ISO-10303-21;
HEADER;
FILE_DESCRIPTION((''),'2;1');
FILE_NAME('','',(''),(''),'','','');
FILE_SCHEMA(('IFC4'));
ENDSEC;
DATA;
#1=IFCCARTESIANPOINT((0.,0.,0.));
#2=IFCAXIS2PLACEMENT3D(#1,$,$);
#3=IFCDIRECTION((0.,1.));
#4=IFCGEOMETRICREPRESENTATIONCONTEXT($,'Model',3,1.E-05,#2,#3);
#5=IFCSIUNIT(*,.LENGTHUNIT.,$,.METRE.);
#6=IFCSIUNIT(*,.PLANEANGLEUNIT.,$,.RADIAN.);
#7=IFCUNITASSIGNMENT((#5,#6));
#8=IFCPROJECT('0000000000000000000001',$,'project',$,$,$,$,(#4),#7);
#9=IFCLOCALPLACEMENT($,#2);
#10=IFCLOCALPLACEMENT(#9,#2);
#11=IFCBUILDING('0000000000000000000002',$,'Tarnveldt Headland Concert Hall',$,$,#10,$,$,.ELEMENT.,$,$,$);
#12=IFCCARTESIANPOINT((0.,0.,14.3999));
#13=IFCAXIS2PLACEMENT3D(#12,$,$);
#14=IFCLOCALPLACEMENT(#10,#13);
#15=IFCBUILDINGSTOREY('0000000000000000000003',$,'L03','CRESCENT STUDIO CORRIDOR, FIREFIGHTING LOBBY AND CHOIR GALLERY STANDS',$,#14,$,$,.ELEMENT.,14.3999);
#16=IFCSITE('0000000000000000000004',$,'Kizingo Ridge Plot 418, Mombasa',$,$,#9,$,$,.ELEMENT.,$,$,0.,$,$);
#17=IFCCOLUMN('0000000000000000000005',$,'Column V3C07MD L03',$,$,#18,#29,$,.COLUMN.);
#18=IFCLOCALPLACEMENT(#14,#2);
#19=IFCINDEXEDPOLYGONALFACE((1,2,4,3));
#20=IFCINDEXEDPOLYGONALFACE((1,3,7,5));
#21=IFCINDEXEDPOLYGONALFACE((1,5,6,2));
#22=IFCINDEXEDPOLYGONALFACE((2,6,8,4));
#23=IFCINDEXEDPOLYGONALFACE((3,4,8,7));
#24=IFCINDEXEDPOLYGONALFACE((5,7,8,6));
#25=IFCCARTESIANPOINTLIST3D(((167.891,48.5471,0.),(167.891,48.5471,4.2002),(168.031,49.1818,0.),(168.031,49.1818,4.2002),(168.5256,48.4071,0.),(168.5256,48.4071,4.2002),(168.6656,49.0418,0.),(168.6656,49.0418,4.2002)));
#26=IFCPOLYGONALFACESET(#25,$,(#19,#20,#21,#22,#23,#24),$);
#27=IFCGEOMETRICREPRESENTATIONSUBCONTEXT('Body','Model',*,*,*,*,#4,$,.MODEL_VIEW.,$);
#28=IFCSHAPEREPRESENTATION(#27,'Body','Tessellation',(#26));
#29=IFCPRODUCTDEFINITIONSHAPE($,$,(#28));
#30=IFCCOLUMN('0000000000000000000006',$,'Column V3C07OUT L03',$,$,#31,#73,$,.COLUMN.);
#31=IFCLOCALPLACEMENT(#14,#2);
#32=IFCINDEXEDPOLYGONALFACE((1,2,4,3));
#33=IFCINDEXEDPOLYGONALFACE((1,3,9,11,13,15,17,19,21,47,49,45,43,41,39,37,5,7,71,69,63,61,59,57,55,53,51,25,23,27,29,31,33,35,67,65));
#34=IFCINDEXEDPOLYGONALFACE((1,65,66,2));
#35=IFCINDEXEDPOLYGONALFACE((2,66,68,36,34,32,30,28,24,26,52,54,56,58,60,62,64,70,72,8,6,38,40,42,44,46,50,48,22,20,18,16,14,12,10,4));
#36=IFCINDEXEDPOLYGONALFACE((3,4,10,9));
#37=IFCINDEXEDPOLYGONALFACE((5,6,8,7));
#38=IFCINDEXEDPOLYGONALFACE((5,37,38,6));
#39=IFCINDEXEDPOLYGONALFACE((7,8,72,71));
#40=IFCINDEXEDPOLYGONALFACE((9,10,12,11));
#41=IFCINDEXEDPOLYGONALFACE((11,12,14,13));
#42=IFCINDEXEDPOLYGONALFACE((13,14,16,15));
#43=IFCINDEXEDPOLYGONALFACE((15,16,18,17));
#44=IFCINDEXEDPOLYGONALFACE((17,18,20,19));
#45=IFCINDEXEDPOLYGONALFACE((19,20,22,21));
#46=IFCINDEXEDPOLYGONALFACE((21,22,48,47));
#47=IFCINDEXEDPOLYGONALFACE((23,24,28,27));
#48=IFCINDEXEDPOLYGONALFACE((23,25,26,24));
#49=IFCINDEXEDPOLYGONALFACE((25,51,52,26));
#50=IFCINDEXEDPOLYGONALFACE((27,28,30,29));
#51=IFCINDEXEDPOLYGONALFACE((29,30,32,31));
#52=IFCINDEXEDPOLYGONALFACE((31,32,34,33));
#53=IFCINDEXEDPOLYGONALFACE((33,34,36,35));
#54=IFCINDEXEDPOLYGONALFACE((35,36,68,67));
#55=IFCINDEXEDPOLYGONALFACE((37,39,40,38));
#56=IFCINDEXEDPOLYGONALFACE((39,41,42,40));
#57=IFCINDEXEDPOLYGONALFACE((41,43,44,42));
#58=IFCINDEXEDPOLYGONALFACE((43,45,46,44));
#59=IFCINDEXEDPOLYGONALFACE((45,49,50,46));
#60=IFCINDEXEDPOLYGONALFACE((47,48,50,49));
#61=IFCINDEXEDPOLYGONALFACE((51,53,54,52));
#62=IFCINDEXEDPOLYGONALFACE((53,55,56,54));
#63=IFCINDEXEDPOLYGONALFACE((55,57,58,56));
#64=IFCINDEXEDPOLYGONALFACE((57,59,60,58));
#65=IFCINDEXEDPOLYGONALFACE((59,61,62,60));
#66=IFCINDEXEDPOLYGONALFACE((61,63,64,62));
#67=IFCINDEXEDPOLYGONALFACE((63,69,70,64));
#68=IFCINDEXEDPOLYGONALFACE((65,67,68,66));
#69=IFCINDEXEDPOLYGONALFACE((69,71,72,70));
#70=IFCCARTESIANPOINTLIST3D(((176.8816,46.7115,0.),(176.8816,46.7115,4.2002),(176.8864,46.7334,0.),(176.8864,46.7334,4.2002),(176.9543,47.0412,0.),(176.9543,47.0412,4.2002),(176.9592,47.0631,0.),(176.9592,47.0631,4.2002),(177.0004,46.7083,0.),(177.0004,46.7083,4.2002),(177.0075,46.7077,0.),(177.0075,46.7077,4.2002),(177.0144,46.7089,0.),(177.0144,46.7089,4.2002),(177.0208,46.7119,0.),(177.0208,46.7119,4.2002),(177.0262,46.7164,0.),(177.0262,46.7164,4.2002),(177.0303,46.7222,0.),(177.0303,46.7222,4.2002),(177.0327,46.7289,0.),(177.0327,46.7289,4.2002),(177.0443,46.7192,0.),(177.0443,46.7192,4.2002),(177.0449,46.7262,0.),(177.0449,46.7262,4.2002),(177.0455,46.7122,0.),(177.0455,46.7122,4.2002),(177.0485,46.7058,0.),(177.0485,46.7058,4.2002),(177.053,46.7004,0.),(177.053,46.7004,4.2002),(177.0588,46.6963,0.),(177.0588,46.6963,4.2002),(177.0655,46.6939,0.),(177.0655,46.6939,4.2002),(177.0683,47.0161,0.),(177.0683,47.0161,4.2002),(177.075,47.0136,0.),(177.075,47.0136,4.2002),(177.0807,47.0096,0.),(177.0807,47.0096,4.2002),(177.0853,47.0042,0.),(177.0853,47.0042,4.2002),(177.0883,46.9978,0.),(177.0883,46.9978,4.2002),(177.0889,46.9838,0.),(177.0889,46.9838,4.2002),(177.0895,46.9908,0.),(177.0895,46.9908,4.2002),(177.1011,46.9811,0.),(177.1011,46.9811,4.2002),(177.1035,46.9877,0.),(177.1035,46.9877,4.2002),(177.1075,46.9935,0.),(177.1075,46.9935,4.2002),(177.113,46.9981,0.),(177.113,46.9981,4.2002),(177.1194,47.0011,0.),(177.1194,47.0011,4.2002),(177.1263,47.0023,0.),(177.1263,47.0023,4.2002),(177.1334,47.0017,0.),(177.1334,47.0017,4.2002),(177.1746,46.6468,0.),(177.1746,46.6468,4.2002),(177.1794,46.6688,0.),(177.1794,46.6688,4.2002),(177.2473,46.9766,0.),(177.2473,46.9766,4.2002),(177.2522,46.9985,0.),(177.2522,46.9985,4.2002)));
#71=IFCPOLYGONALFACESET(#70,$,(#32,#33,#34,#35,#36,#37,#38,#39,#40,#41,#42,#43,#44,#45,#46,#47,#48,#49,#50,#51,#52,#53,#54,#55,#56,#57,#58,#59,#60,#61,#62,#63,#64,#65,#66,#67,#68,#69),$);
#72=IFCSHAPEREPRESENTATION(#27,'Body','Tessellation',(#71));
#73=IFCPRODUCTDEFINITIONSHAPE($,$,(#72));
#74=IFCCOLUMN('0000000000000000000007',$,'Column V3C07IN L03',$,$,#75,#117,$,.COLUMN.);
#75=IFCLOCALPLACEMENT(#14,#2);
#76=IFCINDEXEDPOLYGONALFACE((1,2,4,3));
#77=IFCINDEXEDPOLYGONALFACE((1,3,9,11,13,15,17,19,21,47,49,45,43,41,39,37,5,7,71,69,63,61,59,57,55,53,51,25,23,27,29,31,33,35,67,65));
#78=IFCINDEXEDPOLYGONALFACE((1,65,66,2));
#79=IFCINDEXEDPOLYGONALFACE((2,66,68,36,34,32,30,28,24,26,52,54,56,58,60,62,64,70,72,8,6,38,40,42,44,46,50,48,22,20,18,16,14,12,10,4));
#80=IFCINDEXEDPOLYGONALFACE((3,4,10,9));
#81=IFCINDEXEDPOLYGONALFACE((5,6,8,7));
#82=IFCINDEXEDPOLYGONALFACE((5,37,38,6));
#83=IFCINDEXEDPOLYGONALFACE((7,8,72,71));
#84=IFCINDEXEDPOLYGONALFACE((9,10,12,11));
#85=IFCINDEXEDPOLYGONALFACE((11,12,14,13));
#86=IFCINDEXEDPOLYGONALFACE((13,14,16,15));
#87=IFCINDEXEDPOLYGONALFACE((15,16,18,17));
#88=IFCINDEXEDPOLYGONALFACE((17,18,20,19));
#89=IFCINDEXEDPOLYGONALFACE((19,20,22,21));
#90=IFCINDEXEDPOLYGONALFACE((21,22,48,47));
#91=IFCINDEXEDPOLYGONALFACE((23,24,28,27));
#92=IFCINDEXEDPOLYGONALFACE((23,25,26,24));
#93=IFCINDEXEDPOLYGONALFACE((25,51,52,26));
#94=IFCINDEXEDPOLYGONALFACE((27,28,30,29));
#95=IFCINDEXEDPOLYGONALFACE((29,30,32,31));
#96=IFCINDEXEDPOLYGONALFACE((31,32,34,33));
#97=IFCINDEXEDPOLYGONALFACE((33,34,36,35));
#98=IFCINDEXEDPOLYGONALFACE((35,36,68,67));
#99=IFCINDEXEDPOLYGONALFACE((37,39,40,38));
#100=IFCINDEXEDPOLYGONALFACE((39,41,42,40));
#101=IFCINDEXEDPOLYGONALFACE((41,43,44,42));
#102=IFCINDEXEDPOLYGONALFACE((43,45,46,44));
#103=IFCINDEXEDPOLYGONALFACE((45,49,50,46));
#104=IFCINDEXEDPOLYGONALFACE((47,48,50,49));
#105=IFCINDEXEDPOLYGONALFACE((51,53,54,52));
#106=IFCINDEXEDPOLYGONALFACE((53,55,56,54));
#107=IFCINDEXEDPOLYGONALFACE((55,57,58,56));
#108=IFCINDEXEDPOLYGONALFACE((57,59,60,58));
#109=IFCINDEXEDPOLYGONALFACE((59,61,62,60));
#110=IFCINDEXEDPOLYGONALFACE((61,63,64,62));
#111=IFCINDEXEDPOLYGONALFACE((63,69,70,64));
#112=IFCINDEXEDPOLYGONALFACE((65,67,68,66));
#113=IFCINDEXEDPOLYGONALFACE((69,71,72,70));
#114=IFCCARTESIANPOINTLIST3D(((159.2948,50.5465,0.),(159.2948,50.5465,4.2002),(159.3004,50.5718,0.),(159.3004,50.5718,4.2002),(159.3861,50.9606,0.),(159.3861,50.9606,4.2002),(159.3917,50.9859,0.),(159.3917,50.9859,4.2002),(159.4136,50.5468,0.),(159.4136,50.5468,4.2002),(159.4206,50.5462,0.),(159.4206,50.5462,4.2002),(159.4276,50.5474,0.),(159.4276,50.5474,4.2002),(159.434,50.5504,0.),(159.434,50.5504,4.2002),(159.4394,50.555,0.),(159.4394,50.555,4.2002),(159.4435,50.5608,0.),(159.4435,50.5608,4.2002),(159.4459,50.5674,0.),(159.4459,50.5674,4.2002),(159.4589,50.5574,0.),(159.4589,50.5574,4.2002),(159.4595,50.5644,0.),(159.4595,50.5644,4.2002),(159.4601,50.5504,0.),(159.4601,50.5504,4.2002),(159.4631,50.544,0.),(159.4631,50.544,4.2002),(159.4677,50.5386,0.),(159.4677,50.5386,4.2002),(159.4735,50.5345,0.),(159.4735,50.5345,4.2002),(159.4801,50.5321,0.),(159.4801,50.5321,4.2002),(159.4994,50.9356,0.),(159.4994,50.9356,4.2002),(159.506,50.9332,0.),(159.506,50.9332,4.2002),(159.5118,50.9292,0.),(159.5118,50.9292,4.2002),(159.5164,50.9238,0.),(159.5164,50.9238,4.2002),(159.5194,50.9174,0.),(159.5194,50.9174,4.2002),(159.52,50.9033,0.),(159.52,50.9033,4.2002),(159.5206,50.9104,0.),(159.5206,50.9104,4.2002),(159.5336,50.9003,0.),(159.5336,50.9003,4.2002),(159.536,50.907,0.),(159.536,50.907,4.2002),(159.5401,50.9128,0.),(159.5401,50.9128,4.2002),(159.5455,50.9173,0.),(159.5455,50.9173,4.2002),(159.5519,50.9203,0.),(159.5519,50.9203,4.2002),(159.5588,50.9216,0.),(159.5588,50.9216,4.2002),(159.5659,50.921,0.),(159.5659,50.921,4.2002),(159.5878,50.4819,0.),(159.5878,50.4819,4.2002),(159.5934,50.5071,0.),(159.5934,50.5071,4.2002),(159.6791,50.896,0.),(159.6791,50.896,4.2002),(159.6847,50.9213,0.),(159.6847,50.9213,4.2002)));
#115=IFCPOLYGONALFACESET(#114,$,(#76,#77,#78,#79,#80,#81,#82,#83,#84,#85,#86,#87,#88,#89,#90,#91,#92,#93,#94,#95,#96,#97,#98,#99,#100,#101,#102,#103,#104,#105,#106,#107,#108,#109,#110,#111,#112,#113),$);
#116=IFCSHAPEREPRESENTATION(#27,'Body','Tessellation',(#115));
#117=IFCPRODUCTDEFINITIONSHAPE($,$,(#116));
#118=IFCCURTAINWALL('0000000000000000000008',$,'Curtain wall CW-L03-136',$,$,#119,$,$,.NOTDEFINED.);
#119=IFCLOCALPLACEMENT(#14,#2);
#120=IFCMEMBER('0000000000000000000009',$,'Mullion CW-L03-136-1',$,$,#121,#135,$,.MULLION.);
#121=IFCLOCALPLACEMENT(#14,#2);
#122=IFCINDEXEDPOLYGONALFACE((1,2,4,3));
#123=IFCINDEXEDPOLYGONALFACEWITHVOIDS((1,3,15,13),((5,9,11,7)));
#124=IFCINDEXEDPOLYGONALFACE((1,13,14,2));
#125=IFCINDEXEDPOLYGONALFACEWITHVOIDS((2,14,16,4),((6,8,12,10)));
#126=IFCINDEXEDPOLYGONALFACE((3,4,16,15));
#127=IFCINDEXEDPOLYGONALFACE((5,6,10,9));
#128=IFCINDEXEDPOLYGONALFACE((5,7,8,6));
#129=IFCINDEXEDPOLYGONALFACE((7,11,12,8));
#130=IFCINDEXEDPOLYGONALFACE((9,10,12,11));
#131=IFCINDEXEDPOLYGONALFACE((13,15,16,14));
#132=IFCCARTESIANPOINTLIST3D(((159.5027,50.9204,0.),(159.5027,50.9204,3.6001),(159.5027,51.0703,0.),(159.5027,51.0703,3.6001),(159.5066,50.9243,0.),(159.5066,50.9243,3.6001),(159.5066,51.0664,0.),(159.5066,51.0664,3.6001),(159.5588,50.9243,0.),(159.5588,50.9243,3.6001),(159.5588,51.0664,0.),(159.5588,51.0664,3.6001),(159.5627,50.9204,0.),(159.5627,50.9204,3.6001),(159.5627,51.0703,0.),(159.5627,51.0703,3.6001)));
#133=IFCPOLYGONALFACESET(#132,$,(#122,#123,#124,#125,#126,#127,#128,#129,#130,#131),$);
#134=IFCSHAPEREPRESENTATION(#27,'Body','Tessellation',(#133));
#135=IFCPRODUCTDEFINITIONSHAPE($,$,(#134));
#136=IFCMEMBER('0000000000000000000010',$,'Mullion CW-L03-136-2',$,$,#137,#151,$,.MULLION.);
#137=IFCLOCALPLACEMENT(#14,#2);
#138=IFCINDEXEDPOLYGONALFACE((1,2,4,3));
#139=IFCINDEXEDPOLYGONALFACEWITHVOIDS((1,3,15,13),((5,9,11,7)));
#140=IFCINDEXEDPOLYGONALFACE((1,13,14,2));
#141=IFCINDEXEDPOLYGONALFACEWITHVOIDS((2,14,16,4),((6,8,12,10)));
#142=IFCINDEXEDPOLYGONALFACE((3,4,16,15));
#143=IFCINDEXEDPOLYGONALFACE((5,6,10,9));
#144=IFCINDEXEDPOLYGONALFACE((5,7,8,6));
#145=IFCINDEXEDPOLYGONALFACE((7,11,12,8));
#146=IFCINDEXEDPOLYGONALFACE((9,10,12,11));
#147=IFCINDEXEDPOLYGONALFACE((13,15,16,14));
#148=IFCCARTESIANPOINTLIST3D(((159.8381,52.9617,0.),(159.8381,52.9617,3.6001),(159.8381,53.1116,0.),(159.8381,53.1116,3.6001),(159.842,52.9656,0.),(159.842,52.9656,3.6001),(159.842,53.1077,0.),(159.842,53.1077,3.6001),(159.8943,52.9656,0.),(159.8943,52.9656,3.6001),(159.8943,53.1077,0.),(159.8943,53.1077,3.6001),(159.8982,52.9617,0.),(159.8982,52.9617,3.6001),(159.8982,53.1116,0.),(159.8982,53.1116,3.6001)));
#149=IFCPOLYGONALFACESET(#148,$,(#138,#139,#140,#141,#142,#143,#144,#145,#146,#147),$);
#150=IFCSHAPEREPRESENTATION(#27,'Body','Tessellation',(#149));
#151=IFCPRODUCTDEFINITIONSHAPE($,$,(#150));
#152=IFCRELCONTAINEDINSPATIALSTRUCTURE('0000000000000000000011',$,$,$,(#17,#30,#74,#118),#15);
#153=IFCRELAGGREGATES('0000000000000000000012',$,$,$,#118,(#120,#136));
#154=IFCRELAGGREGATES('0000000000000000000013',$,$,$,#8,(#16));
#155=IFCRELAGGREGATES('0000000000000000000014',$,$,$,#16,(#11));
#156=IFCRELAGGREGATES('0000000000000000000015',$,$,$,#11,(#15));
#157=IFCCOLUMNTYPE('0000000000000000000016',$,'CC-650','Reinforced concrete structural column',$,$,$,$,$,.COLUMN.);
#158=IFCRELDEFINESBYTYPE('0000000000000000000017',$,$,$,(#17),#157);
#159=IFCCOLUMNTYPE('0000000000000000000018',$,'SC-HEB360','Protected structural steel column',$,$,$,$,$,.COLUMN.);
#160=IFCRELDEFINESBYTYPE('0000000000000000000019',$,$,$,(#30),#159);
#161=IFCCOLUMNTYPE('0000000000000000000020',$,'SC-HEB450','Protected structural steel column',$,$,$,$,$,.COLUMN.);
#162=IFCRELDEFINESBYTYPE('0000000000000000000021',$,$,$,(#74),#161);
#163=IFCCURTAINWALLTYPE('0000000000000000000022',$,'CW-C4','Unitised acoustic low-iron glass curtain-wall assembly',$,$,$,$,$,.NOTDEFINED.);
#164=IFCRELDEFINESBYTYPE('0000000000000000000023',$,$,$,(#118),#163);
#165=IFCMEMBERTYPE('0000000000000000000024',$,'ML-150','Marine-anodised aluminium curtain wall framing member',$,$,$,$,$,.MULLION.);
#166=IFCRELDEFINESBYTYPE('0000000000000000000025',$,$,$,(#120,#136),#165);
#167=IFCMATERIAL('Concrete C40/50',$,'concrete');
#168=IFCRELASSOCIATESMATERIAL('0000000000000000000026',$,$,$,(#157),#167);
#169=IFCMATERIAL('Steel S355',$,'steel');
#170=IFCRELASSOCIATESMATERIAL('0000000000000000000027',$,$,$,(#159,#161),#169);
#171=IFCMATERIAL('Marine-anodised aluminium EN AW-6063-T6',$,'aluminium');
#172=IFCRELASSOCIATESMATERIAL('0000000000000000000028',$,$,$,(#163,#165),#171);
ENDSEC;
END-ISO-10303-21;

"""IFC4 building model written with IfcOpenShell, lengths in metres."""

from ifc_helpers import new_model, si_unit, direction, frame, origin, origin_2d, place, context, subcontext, project, spatial, rectangle, hollow_rectangle, i_section, extrude, material, material_profile, profile_set, type_object, element, aggregate, save


model = new_model("IFC4")

# Units and contexts
model_context = context("Model", 3, precision=1e-05, world=origin(), true_north=direction((0.0, 1.0)))
body_context = subcontext(model_context, "Body", "Model", "MODEL_VIEW")
ifc_project = project(units=[si_unit("LENGTHUNIT", "METRE"), si_unit("PLANEANGLEUNIT", "RADIAN")], contexts=[model_context])

# Site, building, storey
site_placement = place(None, origin())
site = spatial("IfcSite", under=ifc_project, at=site_placement, Name="Kizingo Ridge Plot 418, Mombasa", CompositionType="ELEMENT", RefElevation=0.0)
building_placement = place(site_placement, origin())
building = spatial("IfcBuilding", under=site, at=building_placement, Name="Tarnveldt Headland Concert Hall", CompositionType="ELEMENT")
storey_placement = place(building_placement, frame((0.0, 0.0, 14.3999)))
storey = spatial("IfcBuildingStorey", under=building, at=storey_placement, Name="L03", Description="CRESCENT STUDIO CORRIDOR, FIREFIGHTING LOBBY AND CHOIR GALLERY STANDS", CompositionType="ELEMENT", Elevation=14.3999)

# Columns
ifc_material_1 = material(Name="Concrete C40/50", Category="concrete")
ifc_material_profile_1 = material_profile(ifc_material_1, rectangle(XDim=0.6499, YDim=0.6499, at=origin_2d()), Name="RC 650x650", Category="concrete")
ifc_profile_set_1 = profile_set([ifc_material_profile_1], Name="Concrete C40/50")
column_type_1 = type_object("IfcColumnType", Name="CC-650", Description="Reinforced concrete structural column", PredefinedType="COLUMN", material=ifc_profile_set_1)
column_1_placement = place(storey_placement, frame((168.2783, 48.7944, 0.0), z_axis=(0.0, 0.0, 1.0), x_axis=(0.976522, -0.215417, 0.0)))
element("IfcColumn", 1, at=column_1_placement, inside=storey, type_object=column_type_1, Name="Column V3C07MD L03", PredefinedType="COLUMN", context=body_context, shape_type="SweptSolid", body=[
    extrude(rectangle(XDim=0.6499, YDim=0.6499, at=origin_2d()), origin(), (0.0, 0.0, 1.0), 4.2002),
])
ifc_material_2 = material(Name="Steel S355", Category="steel")
ifc_material_profile_2 = material_profile(ifc_material_2, i_section(OverallWidth=0.3, OverallDepth=0.3601, WebThickness=0.0125, FlangeThickness=0.0225, FilletRadius=0.0271, at=origin_2d()), Name="HEB360", Category="steel")
ifc_profile_set_2 = profile_set([ifc_material_profile_2], Name="Steel S355")
column_type_2 = type_object("IfcColumnType", Name="SC-HEB360", Description="Protected structural steel column", PredefinedType="COLUMN", material=ifc_profile_set_2)
column_2_placement = place(storey_placement, frame((177.0669, 46.855, 0.0), z_axis=(0.0, 0.0, 1.0), x_axis=(0.976522, -0.215417, 0.0)))
element("IfcColumn", 2, at=column_2_placement, inside=storey, type_object=column_type_2, Name="Column V3C07OUT L03", PredefinedType="COLUMN", context=body_context, shape_type="SweptSolid", body=[
    extrude(i_section(OverallWidth=0.3, OverallDepth=0.3601, WebThickness=0.0125, FlangeThickness=0.0225, FilletRadius=0.0271, at=origin_2d()), origin(), (0.0, 0.0, 1.0), 4.2002),
])
ifc_material_profile_3 = material_profile(ifc_material_2, i_section(OverallWidth=0.3, OverallDepth=0.45, WebThickness=0.0139, FlangeThickness=0.0259, FilletRadius=0.0271, at=origin_2d()), Name="HEB450", Category="steel")
ifc_profile_set_3 = profile_set([ifc_material_profile_3], Name="Steel S355")
column_type_3 = type_object("IfcColumnType", Name="SC-HEB450", Description="Protected structural steel column", PredefinedType="COLUMN", material=ifc_profile_set_3)
column_3_placement = place(storey_placement, frame((159.4897, 50.7339, 0.0), z_axis=(0.0, 0.0, 1.0), x_axis=(0.976522, -0.215417, 0.0)))
element("IfcColumn", 3, at=column_3_placement, inside=storey, type_object=column_type_3, Name="Column V3C07IN L03", PredefinedType="COLUMN", context=body_context, shape_type="SweptSolid", body=[
    extrude(i_section(OverallWidth=0.3, OverallDepth=0.45, WebThickness=0.0139, FlangeThickness=0.0259, FilletRadius=0.0271, at=origin_2d()), origin(), (0.0, 0.0, 1.0), 4.2002),
])

# Curtain wall, members
ifc_material_3 = material(Name="Marine-anodised aluminium EN AW-6063-T6", Category="aluminium")
curtain_wall_type = type_object("IfcCurtainWallType", Name="CW-C4", Description="Unitised acoustic low-iron glass curtain-wall assembly", PredefinedType="NOTDEFINED", material=ifc_material_3)
curtain_wall_placement = place(storey_placement, origin())
curtain_wall = element("IfcCurtainWall", 4, at=curtain_wall_placement, inside=storey, type_object=curtain_wall_type, Name="Curtain wall CW-L03-136", PredefinedType="NOTDEFINED")
ifc_material_profile_4 = material_profile(ifc_material_3, hollow_rectangle(XDim=0.0601, YDim=0.1499, WallThickness=0.0039, at=origin_2d()), Name="ALU MULLION 60x150x4", Category="aluminium")
ifc_profile_set_4 = profile_set([ifc_material_profile_4], Name="Marine-anodised aluminium EN AW-6063-T6")
member_type_1 = type_object("IfcMemberType", Name="ML-150", Description="Marine-anodised aluminium curtain wall framing member", PredefinedType="MULLION", material=ifc_profile_set_4)
member_1_placement = place(storey_placement, frame((159.5327, 50.9954, 0.0), z_axis=(0.0, 0.0, 1.0), x_axis=(1.0, 0.0, 0.0)))
member_1 = element("IfcMember", 5, at=member_1_placement, type_object=member_type_1, Name="Mullion CW-L03-136-1", PredefinedType="MULLION", context=body_context, shape_type="SweptSolid", body=[
    extrude(hollow_rectangle(XDim=0.0601, YDim=0.1499, WallThickness=0.0039, at=origin_2d()), origin(), (0.0, 0.0, 1.0), 3.6001),
])
member_2_placement = place(storey_placement, frame((159.8682, 53.0366, 0.0), z_axis=(0.0, 0.0, 1.0), x_axis=(1.0, 0.0, 0.0)))
member_2 = element("IfcMember", 6, at=member_2_placement, type_object=member_type_1, Name="Mullion CW-L03-136-2", PredefinedType="MULLION", context=body_context, shape_type="SweptSolid", body=[
    extrude(hollow_rectangle(XDim=0.0601, YDim=0.1499, WallThickness=0.0039, at=origin_2d()), origin(), (0.0, 0.0, 1.0), 3.6001),
])

aggregate(curtain_wall, [member_1, member_2])

save(model, "model.ifc")
